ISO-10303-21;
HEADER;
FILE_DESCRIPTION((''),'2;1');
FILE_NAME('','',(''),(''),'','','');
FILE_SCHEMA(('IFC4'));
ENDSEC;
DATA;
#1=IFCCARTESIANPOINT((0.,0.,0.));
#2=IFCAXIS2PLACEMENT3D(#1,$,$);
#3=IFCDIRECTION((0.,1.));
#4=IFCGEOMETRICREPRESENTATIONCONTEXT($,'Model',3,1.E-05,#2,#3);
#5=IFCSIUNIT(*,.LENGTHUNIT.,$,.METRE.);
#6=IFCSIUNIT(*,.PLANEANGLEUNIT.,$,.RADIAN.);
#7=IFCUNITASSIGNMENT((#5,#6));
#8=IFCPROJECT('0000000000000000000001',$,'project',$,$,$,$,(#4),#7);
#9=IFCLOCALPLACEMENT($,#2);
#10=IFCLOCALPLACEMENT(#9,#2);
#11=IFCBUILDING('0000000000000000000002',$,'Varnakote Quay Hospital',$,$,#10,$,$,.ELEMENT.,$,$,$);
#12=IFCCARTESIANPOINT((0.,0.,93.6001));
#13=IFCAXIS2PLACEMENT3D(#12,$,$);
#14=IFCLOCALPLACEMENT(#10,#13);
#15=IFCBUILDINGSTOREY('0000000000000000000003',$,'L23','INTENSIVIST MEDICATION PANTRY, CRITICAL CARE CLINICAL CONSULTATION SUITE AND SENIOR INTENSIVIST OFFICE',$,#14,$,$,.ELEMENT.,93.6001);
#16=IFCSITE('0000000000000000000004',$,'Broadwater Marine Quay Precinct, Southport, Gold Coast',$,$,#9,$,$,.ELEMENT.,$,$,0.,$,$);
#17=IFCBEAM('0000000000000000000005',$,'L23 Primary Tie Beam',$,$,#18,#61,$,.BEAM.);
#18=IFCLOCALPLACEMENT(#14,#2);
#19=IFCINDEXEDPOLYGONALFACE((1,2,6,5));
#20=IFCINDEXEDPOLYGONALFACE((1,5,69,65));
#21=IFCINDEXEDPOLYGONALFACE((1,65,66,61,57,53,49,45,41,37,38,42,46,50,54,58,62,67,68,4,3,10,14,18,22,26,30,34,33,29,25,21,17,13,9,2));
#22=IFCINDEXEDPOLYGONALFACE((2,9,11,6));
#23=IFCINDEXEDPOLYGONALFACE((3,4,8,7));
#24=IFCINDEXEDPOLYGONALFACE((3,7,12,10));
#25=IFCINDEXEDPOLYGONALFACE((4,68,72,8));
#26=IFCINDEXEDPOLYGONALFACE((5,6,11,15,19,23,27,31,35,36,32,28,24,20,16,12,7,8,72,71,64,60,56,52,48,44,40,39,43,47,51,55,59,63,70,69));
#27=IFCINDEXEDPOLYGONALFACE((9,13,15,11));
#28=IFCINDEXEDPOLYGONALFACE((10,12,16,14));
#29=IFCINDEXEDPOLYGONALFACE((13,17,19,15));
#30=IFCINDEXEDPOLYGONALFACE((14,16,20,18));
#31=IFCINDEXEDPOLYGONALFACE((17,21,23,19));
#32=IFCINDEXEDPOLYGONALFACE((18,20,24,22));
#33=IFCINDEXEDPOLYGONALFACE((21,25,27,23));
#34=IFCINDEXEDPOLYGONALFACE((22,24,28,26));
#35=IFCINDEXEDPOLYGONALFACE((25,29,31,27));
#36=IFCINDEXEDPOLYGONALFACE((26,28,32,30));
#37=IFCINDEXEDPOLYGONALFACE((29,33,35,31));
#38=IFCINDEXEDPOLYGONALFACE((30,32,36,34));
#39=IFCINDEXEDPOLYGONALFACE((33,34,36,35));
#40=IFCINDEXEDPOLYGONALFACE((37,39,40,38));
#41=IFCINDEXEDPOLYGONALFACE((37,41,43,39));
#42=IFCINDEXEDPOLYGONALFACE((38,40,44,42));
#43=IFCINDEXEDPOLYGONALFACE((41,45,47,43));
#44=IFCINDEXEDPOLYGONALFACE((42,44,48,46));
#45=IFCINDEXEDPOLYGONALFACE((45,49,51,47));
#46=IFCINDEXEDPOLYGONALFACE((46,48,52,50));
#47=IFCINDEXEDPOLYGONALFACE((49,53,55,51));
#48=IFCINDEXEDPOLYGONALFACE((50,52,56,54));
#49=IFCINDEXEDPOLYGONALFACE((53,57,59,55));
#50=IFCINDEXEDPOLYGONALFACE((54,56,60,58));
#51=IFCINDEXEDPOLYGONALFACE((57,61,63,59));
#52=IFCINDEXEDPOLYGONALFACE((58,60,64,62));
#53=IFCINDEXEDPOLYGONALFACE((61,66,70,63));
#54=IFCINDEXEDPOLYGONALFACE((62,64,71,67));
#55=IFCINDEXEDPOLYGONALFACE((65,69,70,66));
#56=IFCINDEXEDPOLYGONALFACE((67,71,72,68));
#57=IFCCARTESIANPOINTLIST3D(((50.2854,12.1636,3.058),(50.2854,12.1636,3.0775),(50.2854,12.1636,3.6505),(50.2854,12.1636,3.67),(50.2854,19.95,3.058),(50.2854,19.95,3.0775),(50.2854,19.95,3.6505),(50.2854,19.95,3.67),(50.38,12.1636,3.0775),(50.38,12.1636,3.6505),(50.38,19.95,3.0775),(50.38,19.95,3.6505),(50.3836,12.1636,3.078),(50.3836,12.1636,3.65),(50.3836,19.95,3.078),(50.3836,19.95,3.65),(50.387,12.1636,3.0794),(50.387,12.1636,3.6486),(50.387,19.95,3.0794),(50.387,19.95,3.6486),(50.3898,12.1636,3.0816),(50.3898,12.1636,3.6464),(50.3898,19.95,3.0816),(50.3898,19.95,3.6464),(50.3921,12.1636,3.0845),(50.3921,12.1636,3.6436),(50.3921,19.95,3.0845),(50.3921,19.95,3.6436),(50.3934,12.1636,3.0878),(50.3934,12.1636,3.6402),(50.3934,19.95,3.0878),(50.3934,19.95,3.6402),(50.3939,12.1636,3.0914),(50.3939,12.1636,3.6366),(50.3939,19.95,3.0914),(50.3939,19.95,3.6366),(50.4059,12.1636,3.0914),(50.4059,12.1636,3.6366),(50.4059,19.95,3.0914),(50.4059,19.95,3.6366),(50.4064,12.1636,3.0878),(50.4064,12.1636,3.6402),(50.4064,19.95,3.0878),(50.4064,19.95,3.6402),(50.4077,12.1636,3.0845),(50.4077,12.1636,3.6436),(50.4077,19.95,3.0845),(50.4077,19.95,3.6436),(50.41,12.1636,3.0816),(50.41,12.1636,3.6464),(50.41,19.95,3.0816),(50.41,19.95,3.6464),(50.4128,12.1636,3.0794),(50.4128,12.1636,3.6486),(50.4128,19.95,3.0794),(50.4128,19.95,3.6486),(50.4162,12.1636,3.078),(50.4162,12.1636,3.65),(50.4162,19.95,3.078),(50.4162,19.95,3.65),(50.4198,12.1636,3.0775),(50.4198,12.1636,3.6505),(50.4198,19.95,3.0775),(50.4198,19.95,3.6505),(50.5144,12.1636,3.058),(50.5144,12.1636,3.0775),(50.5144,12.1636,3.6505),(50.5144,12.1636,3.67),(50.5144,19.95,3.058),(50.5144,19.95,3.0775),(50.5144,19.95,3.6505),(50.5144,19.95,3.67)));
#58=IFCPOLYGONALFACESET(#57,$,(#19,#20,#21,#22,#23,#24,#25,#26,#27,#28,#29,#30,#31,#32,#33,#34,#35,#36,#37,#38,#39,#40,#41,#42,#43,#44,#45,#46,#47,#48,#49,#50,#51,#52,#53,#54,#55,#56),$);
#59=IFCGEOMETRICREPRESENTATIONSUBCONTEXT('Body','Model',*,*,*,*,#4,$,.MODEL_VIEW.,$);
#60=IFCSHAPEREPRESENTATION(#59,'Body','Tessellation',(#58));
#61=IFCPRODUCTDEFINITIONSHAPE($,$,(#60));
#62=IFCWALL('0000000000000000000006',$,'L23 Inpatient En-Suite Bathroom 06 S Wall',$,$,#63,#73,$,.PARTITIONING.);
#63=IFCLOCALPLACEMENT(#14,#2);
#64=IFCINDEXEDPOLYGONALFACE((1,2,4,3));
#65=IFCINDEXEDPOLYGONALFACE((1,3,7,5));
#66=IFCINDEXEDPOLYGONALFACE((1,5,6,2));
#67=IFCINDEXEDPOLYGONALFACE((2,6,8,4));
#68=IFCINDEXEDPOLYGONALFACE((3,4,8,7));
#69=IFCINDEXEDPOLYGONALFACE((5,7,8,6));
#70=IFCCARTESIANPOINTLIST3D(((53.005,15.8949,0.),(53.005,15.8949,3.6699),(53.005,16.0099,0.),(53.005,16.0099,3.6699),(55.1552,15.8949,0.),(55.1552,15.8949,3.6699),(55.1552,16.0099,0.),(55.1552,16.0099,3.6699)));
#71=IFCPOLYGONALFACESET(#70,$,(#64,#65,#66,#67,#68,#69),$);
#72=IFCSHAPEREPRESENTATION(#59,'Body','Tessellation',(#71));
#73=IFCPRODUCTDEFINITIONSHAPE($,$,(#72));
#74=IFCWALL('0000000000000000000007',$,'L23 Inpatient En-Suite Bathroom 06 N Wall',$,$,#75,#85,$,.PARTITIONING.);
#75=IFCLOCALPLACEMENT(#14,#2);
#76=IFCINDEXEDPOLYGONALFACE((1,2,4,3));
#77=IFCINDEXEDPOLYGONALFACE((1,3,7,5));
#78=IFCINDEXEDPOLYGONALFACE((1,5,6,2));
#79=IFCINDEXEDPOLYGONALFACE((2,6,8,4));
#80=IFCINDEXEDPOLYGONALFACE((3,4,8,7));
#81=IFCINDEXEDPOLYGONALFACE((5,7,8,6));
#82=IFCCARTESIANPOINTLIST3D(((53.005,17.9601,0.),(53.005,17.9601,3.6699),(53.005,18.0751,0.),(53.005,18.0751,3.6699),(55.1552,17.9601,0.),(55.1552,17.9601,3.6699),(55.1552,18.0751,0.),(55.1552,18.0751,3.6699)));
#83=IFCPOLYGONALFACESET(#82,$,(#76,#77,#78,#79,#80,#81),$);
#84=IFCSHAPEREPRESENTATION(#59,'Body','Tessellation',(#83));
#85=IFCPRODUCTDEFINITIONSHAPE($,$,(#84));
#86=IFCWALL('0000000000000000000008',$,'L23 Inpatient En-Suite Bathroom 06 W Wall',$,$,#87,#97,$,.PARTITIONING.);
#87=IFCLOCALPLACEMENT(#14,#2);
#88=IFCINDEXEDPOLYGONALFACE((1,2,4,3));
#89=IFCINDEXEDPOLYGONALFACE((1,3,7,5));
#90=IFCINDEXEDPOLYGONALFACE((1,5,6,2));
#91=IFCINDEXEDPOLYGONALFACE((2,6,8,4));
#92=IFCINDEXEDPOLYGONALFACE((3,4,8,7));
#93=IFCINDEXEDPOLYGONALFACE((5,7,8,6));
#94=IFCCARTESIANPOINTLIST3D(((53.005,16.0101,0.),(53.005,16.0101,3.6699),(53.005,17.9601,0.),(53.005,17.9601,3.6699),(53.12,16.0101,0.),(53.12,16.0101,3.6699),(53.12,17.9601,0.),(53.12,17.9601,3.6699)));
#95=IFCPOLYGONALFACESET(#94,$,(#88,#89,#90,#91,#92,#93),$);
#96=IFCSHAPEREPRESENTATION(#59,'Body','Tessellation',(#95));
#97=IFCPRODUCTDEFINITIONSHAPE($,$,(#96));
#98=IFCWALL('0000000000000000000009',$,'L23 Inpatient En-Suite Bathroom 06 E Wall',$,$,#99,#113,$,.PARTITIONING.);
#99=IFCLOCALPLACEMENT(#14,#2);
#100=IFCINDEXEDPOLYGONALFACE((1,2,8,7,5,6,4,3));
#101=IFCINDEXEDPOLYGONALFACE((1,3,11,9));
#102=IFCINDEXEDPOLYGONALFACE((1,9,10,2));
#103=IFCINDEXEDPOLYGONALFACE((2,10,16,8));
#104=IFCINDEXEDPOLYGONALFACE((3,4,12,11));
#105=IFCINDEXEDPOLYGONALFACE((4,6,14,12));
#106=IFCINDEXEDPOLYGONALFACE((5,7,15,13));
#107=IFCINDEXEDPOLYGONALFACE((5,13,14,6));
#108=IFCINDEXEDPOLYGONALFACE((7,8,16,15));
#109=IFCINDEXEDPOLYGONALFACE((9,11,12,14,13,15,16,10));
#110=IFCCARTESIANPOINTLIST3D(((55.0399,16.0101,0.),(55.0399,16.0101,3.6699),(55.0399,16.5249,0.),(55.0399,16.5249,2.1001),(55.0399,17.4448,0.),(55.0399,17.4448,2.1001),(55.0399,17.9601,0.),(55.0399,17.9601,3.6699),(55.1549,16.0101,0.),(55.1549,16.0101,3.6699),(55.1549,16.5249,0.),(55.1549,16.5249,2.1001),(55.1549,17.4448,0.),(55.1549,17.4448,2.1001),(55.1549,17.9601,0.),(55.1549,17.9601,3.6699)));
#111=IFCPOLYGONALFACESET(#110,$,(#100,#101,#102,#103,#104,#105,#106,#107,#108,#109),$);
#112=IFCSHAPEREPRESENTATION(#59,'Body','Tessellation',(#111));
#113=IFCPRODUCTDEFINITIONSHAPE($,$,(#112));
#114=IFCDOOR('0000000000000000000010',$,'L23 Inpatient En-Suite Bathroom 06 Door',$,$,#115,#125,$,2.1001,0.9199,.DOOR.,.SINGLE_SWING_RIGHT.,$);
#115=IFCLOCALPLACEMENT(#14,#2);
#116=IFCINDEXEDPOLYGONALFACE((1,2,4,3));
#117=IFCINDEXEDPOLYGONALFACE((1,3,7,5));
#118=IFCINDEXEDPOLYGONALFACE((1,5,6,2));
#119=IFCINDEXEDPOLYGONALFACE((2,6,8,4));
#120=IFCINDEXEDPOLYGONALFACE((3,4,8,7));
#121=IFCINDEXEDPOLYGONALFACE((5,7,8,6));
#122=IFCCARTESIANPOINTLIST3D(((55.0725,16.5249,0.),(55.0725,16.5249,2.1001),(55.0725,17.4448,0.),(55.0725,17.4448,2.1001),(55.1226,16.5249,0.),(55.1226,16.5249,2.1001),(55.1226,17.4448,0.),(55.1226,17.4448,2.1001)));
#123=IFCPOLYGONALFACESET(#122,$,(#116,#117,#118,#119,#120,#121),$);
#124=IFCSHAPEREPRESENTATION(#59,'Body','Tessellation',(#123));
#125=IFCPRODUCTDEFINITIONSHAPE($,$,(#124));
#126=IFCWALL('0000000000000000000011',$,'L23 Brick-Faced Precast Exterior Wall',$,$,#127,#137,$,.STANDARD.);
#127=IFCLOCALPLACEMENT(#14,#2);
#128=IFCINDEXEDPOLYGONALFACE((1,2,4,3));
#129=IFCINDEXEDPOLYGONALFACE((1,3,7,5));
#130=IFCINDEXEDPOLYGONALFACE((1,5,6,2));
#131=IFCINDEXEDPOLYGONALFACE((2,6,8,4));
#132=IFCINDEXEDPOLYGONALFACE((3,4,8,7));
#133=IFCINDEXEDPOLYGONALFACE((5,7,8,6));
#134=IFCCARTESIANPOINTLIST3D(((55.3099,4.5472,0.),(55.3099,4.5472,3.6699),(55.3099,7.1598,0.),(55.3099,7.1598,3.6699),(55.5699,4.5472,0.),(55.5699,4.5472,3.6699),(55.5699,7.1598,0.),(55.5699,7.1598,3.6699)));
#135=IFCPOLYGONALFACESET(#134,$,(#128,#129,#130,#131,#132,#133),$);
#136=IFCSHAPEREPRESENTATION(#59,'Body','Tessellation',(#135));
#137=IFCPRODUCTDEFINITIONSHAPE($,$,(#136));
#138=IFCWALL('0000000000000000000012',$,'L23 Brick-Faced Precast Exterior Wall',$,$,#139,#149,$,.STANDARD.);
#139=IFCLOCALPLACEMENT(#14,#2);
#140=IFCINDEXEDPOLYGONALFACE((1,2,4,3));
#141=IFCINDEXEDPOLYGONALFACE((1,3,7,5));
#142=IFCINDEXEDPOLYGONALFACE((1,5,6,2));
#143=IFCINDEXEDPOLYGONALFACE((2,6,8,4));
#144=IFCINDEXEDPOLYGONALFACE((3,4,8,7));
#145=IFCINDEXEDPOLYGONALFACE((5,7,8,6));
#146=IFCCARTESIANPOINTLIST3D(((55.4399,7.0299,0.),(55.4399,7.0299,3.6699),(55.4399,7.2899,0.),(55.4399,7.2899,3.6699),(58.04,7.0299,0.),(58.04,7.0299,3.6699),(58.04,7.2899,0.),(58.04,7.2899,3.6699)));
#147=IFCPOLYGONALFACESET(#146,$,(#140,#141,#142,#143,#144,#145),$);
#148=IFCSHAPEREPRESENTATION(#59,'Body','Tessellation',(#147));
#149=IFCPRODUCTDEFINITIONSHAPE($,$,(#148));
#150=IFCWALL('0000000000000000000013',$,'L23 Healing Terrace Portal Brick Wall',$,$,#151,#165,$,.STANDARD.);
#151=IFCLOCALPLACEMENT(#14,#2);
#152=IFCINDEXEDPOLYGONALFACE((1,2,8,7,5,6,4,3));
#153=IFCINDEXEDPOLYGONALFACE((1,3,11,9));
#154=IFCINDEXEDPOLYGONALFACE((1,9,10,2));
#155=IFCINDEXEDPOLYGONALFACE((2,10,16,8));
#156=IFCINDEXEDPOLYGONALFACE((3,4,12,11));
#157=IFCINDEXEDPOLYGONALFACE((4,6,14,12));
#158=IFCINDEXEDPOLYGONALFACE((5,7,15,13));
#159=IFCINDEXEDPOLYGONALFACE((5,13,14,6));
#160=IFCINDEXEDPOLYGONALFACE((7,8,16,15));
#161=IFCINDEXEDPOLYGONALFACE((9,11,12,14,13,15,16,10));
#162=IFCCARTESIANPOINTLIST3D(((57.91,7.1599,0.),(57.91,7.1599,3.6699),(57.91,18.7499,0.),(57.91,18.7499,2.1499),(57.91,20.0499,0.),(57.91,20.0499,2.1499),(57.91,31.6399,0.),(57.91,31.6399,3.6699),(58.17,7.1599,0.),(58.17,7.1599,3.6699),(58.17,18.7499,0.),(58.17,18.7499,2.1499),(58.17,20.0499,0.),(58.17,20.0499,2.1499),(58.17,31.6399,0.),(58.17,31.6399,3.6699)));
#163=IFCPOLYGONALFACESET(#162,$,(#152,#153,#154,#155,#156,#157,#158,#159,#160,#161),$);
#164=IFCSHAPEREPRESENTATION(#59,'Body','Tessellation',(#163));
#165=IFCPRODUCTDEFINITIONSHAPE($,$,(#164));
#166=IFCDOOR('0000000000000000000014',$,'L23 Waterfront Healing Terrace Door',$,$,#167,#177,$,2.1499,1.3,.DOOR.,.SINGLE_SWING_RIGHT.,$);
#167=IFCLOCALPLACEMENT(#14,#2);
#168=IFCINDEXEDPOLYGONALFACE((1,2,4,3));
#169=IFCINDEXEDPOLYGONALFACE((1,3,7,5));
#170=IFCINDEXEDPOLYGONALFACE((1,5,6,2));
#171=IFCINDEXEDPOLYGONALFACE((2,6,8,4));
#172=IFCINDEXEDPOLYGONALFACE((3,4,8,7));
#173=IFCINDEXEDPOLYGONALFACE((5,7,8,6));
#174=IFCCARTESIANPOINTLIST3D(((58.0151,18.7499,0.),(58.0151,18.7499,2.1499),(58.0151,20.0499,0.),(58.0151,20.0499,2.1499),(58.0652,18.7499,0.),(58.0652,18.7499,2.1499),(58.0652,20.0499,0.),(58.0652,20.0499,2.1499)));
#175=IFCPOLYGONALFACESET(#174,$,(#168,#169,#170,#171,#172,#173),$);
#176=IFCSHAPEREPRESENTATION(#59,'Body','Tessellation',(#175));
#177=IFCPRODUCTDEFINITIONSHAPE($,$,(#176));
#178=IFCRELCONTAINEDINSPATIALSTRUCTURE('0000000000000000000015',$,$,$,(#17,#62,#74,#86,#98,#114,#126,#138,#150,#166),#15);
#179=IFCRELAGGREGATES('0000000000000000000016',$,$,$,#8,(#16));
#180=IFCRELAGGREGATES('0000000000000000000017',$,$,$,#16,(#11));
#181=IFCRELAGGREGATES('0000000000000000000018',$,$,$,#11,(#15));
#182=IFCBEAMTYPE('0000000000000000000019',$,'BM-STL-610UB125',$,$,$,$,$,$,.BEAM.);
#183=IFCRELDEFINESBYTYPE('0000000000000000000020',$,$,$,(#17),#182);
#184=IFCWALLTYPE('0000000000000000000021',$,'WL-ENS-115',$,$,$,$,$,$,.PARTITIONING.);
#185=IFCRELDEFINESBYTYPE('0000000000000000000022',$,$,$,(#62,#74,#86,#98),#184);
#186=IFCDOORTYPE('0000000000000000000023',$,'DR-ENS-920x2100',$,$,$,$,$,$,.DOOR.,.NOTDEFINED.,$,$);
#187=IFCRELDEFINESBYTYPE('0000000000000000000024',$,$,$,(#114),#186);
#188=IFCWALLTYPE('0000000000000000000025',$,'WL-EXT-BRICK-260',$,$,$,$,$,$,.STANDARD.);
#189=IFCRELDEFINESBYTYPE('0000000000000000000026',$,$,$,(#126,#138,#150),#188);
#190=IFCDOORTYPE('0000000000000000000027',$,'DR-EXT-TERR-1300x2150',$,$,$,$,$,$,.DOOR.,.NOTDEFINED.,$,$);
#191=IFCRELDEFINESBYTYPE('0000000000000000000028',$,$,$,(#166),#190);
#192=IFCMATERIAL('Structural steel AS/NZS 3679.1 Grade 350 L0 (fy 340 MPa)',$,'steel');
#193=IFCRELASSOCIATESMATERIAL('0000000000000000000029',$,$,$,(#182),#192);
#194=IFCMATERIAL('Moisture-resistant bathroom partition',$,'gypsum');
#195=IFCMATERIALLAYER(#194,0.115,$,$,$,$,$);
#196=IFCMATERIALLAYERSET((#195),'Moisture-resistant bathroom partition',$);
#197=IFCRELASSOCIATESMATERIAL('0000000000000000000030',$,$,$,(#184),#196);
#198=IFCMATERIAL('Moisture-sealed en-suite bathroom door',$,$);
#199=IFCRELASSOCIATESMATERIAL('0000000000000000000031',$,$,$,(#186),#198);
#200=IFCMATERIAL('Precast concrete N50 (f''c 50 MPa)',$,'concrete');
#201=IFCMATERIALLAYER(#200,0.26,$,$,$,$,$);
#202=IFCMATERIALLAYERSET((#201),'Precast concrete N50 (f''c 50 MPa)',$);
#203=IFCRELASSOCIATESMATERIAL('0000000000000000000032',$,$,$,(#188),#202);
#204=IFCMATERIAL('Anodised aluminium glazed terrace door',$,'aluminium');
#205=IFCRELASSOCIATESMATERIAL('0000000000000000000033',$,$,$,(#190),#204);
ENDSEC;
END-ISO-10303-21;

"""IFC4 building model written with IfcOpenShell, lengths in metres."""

from ifc_helpers import new_model, si_unit, direction, frame, frame_2d, origin, origin_2d, place, context, subcontext, project, spatial, rectangle, i_section, extrude, material, layer, layer_set, material_profile, profile_set, type_object, element, fill, save


model = new_model("IFC4")

# Units and contexts
model_context = context("Model", 3, precision=1e-05, world=origin(), true_north=direction((0.0, 1.0)))
body_context = subcontext(model_context, "Body", "Model", "MODEL_VIEW")
ifc_project = project(units=[si_unit("LENGTHUNIT", "METRE"), si_unit("PLANEANGLEUNIT", "RADIAN")], contexts=[model_context])

# Site, building, storey
site_placement = place(None, origin())
site = spatial("IfcSite", under=ifc_project, at=site_placement, Name="Broadwater Marine Quay Precinct, Southport, Gold Coast", CompositionType="ELEMENT", RefElevation=0.0)
building_placement = place(site_placement, origin())
building = spatial("IfcBuilding", under=site, at=building_placement, Name="Varnakote Quay Hospital", CompositionType="ELEMENT")
storey_placement = place(building_placement, frame((0.0, 0.0, 93.6001)))
storey = spatial("IfcBuildingStorey", under=building, at=storey_placement, Name="L23", Description="INTENSIVIST MEDICATION PANTRY, CRITICAL CARE CLINICAL CONSULTATION SUITE AND SENIOR INTENSIVIST OFFICE", CompositionType="ELEMENT", Elevation=93.6001)

# Beam
ifc_material_1 = material(Name="Structural steel AS/NZS 3679.1 Grade 350 L0 (fy 340 MPa)", Category="steel")
ifc_material_profile_1 = material_profile(ifc_material_1, i_section(OverallWidth=0.229, OverallDepth=0.6121, WebThickness=0.012, FlangeThickness=0.0195, FilletRadius=0.0139, at=origin_2d()), Name="610UB125")
ifc_profile_set_1 = profile_set([ifc_material_profile_1], Name="Structural steel AS/NZS 3679.1 Grade 350 L0 (fy 340 MPa)")
beam_type = type_object("IfcBeamType", Name="BM-STL-610UB125", PredefinedType="BEAM", material=ifc_profile_set_1)
beam_1_placement = place(storey_placement, frame((50.3999, 12.1636, 3.364), z_axis=(0.0, 1.0, 0.0), x_axis=(-1.0, 0.0, 0.0)))
element("IfcBeam", 1, at=beam_1_placement, inside=storey, type_object=beam_type, Name="L23 Primary Tie Beam", PredefinedType="BEAM", context=body_context, shape_type="SweptSolid", body=[
    extrude(i_section(OverallWidth=0.229, OverallDepth=0.6121, WebThickness=0.012, FlangeThickness=0.0195, FilletRadius=0.0139, at=origin_2d()), origin(), (0.0, 0.0, 1.0), 7.7864),
])

# Walls
ifc_material_2 = material(Name="Moisture-resistant bathroom partition", Category="gypsum")
ifc_layer_1 = layer(ifc_material_2, 0.115)
ifc_layer_set_1 = layer_set([ifc_layer_1], Name="Moisture-resistant bathroom partition")
wall_type_1 = type_object("IfcWallType", Name="WL-ENS-115", PredefinedType="PARTITIONING", material=ifc_layer_set_1)
for number, where, z_axis, x_axis, name in (
    (2, (53.0049, 15.9524, 0.0), (0.0, 0.0, 1.0), (1.0, 0.0, 0.0), "L23 Inpatient En-Suite Bathroom 06 S Wall"),
    (3, (53.0049, 18.0176, 0.0), (0.0, 0.0, 1.0), (1.0, 0.0, 0.0), "L23 Inpatient En-Suite Bathroom 06 N Wall"),
):
    element("IfcWall", number, at=place(storey_placement, frame(where, z_axis=z_axis, x_axis=x_axis)), inside=storey, type_object=wall_type_1, Name=name, PredefinedType="PARTITIONING", context=body_context, shape_type="SweptSolid", body=[
        extrude(rectangle(XDim=2.1501, YDim=0.115, at=frame_2d((1.0752, 0.0))), origin(), (0.0, 0.0, 1.0), 3.6699),
    ])
wall_1_placement = place(storey_placement, frame((53.0625, 16.01, 0.0), z_axis=(0.0, 0.0, 1.0), x_axis=(0.0, 1.0, 0.0)))
element("IfcWall", 4, at=wall_1_placement, inside=storey, type_object=wall_type_1, Name="L23 Inpatient En-Suite Bathroom 06 W Wall", PredefinedType="PARTITIONING", context=body_context, shape_type="SweptSolid", body=[
    extrude(rectangle(XDim=1.95, YDim=0.115, at=frame_2d((0.9751, 0.0))), origin(), (0.0, 0.0, 1.0), 3.6699),
])

# Wall, opening, door
wall_2_placement = place(storey_placement, frame((55.0974, 16.01, 0.0), z_axis=(0.0, 0.0, 1.0), x_axis=(0.0, 1.0, 0.0)))
wall_2 = element("IfcWall", 5, at=wall_2_placement, inside=storey, type_object=wall_type_1, Name="L23 Inpatient En-Suite Bathroom 06 E Wall", PredefinedType="PARTITIONING", context=body_context, shape_type="SweptSolid", body=[
    extrude(rectangle(XDim=1.95, YDim=0.115, at=frame_2d((0.9751, 0.0))), origin(), (0.0, 0.0, 1.0), 3.6699),
])
opening_1_placement = place(wall_2_placement, frame((0.5149, 0.0, 0.0)))
opening_1 = element("IfcOpeningElement", 6, at=opening_1_placement, cuts=wall_2, PredefinedType="OPENING", context=body_context, shape_type="SweptSolid", body=[
    extrude(rectangle(XDim=0.9199, YDim=2.1001, at=frame_2d((0.46, 1.05))), frame((0.0, 0.0674, 0.0), z_axis=(0.0, -1.0, 0.0), x_axis=(1.0, 0.0, 0.0)), (0.0, 0.0, 1.0), 0.135),
])
ifc_material_3 = material(Name="Moisture-sealed en-suite bathroom door")
door_type_1 = type_object("IfcDoorType", Name="DR-ENS-920x2100", OperationType="NOTDEFINED", PredefinedType="DOOR", material=ifc_material_3)
door_1_placement = place(opening_1_placement, origin())
door_1 = element("IfcDoor", 7, at=door_1_placement, inside=storey, type_object=door_type_1, Name="L23 Inpatient En-Suite Bathroom 06 Door", OperationType="SINGLE_SWING_RIGHT", OverallHeight=2.1001, OverallWidth=0.9199, PredefinedType="DOOR", context=body_context, shape_type="SweptSolid", body=[
    extrude(rectangle(XDim=0.9199, YDim=2.1001, at=frame_2d((0.46, 1.05))), frame((0.0, 0.0249, 0.0), z_axis=(0.0, -1.0, 0.0), x_axis=(1.0, 0.0, 0.0)), (0.0, 0.0, 1.0), 0.05),
])
fill(opening_1, door_1)

# Walls
ifc_material_4 = material(Name="Precast concrete N50 (f'c 50 MPa)", Category="concrete")
ifc_layer_2 = layer(ifc_material_4, 0.26)
ifc_layer_set_2 = layer_set([ifc_layer_2], Name="Precast concrete N50 (f'c 50 MPa)")
wall_type_2 = type_object("IfcWallType", Name="WL-EXT-BRICK-260", PredefinedType="STANDARD", material=ifc_layer_set_2)
wall_3_placement = place(storey_placement, frame((55.4399, 4.5474, 0.0), z_axis=(0.0, 0.0, 1.0), x_axis=(0.0, 1.0, 0.0)))
element("IfcWall", 8, at=wall_3_placement, inside=storey, type_object=wall_type_2, Name="L23 Brick-Faced Precast Exterior Wall", PredefinedType="STANDARD", context=body_context, shape_type="SweptSolid", body=[
    extrude(rectangle(XDim=2.6125, YDim=0.26, at=frame_2d((1.3062, 0.0))), origin(), (0.0, 0.0, 1.0), 3.6699),
])
wall_4_placement = place(storey_placement, frame((55.4399, 7.1599, 0.0), z_axis=(0.0, 0.0, 1.0), x_axis=(1.0, 0.0, 0.0)))
element("IfcWall", 9, at=wall_4_placement, inside=storey, type_object=wall_type_2, Name="L23 Brick-Faced Precast Exterior Wall", PredefinedType="STANDARD", context=body_context, shape_type="SweptSolid", body=[
    extrude(rectangle(XDim=2.6001, YDim=0.26, at=frame_2d((1.3, 0.0))), origin(), (0.0, 0.0, 1.0), 3.6699),
])

# Wall, opening, door
wall_5_placement = place(storey_placement, frame((58.04, 7.1599, 0.0), z_axis=(0.0, 0.0, 1.0), x_axis=(0.0, 1.0, 0.0)))
wall_5 = element("IfcWall", 10, at=wall_5_placement, inside=storey, type_object=wall_type_2, Name="L23 Healing Terrace Portal Brick Wall", PredefinedType="STANDARD", context=body_context, shape_type="SweptSolid", body=[
    extrude(rectangle(XDim=24.48, YDim=0.26, at=frame_2d((12.24, 0.0))), origin(), (0.0, 0.0, 1.0), 3.6699),
])
opening_2_placement = place(wall_5_placement, frame((11.5901, 0.0, 0.0)))
opening_2 = element("IfcOpeningElement", 11, at=opening_2_placement, cuts=wall_5, PredefinedType="OPENING", context=body_context, shape_type="SweptSolid", body=[
    extrude(rectangle(XDim=1.3, YDim=2.1499, at=frame_2d((0.6499, 1.075))), frame((0.0, 0.1399, 0.0), z_axis=(0.0, -1.0, 0.0), x_axis=(1.0, 0.0, 0.0)), (0.0, 0.0, 1.0), 0.28),
])
ifc_material_5 = material(Name="Anodised aluminium glazed terrace door", Category="aluminium")
door_type_2 = type_object("IfcDoorType", Name="DR-EXT-TERR-1300x2150", OperationType="NOTDEFINED", PredefinedType="DOOR", material=ifc_material_5)
door_2_placement = place(opening_2_placement, origin())
door_2 = element("IfcDoor", 12, at=door_2_placement, inside=storey, type_object=door_type_2, Name="L23 Waterfront Healing Terrace Door", OperationType="SINGLE_SWING_RIGHT", OverallHeight=2.1499, OverallWidth=1.3, PredefinedType="DOOR", context=body_context, shape_type="SweptSolid", body=[
    extrude(rectangle(XDim=1.3, YDim=2.1499, at=frame_2d((0.6499, 1.075))), frame((0.0, 0.0249, 0.0), z_axis=(0.0, -1.0, 0.0), x_axis=(1.0, 0.0, 0.0)), (0.0, 0.0, 1.0), 0.05),
])
fill(opening_2, door_2)

save(model, "model.ifc")
